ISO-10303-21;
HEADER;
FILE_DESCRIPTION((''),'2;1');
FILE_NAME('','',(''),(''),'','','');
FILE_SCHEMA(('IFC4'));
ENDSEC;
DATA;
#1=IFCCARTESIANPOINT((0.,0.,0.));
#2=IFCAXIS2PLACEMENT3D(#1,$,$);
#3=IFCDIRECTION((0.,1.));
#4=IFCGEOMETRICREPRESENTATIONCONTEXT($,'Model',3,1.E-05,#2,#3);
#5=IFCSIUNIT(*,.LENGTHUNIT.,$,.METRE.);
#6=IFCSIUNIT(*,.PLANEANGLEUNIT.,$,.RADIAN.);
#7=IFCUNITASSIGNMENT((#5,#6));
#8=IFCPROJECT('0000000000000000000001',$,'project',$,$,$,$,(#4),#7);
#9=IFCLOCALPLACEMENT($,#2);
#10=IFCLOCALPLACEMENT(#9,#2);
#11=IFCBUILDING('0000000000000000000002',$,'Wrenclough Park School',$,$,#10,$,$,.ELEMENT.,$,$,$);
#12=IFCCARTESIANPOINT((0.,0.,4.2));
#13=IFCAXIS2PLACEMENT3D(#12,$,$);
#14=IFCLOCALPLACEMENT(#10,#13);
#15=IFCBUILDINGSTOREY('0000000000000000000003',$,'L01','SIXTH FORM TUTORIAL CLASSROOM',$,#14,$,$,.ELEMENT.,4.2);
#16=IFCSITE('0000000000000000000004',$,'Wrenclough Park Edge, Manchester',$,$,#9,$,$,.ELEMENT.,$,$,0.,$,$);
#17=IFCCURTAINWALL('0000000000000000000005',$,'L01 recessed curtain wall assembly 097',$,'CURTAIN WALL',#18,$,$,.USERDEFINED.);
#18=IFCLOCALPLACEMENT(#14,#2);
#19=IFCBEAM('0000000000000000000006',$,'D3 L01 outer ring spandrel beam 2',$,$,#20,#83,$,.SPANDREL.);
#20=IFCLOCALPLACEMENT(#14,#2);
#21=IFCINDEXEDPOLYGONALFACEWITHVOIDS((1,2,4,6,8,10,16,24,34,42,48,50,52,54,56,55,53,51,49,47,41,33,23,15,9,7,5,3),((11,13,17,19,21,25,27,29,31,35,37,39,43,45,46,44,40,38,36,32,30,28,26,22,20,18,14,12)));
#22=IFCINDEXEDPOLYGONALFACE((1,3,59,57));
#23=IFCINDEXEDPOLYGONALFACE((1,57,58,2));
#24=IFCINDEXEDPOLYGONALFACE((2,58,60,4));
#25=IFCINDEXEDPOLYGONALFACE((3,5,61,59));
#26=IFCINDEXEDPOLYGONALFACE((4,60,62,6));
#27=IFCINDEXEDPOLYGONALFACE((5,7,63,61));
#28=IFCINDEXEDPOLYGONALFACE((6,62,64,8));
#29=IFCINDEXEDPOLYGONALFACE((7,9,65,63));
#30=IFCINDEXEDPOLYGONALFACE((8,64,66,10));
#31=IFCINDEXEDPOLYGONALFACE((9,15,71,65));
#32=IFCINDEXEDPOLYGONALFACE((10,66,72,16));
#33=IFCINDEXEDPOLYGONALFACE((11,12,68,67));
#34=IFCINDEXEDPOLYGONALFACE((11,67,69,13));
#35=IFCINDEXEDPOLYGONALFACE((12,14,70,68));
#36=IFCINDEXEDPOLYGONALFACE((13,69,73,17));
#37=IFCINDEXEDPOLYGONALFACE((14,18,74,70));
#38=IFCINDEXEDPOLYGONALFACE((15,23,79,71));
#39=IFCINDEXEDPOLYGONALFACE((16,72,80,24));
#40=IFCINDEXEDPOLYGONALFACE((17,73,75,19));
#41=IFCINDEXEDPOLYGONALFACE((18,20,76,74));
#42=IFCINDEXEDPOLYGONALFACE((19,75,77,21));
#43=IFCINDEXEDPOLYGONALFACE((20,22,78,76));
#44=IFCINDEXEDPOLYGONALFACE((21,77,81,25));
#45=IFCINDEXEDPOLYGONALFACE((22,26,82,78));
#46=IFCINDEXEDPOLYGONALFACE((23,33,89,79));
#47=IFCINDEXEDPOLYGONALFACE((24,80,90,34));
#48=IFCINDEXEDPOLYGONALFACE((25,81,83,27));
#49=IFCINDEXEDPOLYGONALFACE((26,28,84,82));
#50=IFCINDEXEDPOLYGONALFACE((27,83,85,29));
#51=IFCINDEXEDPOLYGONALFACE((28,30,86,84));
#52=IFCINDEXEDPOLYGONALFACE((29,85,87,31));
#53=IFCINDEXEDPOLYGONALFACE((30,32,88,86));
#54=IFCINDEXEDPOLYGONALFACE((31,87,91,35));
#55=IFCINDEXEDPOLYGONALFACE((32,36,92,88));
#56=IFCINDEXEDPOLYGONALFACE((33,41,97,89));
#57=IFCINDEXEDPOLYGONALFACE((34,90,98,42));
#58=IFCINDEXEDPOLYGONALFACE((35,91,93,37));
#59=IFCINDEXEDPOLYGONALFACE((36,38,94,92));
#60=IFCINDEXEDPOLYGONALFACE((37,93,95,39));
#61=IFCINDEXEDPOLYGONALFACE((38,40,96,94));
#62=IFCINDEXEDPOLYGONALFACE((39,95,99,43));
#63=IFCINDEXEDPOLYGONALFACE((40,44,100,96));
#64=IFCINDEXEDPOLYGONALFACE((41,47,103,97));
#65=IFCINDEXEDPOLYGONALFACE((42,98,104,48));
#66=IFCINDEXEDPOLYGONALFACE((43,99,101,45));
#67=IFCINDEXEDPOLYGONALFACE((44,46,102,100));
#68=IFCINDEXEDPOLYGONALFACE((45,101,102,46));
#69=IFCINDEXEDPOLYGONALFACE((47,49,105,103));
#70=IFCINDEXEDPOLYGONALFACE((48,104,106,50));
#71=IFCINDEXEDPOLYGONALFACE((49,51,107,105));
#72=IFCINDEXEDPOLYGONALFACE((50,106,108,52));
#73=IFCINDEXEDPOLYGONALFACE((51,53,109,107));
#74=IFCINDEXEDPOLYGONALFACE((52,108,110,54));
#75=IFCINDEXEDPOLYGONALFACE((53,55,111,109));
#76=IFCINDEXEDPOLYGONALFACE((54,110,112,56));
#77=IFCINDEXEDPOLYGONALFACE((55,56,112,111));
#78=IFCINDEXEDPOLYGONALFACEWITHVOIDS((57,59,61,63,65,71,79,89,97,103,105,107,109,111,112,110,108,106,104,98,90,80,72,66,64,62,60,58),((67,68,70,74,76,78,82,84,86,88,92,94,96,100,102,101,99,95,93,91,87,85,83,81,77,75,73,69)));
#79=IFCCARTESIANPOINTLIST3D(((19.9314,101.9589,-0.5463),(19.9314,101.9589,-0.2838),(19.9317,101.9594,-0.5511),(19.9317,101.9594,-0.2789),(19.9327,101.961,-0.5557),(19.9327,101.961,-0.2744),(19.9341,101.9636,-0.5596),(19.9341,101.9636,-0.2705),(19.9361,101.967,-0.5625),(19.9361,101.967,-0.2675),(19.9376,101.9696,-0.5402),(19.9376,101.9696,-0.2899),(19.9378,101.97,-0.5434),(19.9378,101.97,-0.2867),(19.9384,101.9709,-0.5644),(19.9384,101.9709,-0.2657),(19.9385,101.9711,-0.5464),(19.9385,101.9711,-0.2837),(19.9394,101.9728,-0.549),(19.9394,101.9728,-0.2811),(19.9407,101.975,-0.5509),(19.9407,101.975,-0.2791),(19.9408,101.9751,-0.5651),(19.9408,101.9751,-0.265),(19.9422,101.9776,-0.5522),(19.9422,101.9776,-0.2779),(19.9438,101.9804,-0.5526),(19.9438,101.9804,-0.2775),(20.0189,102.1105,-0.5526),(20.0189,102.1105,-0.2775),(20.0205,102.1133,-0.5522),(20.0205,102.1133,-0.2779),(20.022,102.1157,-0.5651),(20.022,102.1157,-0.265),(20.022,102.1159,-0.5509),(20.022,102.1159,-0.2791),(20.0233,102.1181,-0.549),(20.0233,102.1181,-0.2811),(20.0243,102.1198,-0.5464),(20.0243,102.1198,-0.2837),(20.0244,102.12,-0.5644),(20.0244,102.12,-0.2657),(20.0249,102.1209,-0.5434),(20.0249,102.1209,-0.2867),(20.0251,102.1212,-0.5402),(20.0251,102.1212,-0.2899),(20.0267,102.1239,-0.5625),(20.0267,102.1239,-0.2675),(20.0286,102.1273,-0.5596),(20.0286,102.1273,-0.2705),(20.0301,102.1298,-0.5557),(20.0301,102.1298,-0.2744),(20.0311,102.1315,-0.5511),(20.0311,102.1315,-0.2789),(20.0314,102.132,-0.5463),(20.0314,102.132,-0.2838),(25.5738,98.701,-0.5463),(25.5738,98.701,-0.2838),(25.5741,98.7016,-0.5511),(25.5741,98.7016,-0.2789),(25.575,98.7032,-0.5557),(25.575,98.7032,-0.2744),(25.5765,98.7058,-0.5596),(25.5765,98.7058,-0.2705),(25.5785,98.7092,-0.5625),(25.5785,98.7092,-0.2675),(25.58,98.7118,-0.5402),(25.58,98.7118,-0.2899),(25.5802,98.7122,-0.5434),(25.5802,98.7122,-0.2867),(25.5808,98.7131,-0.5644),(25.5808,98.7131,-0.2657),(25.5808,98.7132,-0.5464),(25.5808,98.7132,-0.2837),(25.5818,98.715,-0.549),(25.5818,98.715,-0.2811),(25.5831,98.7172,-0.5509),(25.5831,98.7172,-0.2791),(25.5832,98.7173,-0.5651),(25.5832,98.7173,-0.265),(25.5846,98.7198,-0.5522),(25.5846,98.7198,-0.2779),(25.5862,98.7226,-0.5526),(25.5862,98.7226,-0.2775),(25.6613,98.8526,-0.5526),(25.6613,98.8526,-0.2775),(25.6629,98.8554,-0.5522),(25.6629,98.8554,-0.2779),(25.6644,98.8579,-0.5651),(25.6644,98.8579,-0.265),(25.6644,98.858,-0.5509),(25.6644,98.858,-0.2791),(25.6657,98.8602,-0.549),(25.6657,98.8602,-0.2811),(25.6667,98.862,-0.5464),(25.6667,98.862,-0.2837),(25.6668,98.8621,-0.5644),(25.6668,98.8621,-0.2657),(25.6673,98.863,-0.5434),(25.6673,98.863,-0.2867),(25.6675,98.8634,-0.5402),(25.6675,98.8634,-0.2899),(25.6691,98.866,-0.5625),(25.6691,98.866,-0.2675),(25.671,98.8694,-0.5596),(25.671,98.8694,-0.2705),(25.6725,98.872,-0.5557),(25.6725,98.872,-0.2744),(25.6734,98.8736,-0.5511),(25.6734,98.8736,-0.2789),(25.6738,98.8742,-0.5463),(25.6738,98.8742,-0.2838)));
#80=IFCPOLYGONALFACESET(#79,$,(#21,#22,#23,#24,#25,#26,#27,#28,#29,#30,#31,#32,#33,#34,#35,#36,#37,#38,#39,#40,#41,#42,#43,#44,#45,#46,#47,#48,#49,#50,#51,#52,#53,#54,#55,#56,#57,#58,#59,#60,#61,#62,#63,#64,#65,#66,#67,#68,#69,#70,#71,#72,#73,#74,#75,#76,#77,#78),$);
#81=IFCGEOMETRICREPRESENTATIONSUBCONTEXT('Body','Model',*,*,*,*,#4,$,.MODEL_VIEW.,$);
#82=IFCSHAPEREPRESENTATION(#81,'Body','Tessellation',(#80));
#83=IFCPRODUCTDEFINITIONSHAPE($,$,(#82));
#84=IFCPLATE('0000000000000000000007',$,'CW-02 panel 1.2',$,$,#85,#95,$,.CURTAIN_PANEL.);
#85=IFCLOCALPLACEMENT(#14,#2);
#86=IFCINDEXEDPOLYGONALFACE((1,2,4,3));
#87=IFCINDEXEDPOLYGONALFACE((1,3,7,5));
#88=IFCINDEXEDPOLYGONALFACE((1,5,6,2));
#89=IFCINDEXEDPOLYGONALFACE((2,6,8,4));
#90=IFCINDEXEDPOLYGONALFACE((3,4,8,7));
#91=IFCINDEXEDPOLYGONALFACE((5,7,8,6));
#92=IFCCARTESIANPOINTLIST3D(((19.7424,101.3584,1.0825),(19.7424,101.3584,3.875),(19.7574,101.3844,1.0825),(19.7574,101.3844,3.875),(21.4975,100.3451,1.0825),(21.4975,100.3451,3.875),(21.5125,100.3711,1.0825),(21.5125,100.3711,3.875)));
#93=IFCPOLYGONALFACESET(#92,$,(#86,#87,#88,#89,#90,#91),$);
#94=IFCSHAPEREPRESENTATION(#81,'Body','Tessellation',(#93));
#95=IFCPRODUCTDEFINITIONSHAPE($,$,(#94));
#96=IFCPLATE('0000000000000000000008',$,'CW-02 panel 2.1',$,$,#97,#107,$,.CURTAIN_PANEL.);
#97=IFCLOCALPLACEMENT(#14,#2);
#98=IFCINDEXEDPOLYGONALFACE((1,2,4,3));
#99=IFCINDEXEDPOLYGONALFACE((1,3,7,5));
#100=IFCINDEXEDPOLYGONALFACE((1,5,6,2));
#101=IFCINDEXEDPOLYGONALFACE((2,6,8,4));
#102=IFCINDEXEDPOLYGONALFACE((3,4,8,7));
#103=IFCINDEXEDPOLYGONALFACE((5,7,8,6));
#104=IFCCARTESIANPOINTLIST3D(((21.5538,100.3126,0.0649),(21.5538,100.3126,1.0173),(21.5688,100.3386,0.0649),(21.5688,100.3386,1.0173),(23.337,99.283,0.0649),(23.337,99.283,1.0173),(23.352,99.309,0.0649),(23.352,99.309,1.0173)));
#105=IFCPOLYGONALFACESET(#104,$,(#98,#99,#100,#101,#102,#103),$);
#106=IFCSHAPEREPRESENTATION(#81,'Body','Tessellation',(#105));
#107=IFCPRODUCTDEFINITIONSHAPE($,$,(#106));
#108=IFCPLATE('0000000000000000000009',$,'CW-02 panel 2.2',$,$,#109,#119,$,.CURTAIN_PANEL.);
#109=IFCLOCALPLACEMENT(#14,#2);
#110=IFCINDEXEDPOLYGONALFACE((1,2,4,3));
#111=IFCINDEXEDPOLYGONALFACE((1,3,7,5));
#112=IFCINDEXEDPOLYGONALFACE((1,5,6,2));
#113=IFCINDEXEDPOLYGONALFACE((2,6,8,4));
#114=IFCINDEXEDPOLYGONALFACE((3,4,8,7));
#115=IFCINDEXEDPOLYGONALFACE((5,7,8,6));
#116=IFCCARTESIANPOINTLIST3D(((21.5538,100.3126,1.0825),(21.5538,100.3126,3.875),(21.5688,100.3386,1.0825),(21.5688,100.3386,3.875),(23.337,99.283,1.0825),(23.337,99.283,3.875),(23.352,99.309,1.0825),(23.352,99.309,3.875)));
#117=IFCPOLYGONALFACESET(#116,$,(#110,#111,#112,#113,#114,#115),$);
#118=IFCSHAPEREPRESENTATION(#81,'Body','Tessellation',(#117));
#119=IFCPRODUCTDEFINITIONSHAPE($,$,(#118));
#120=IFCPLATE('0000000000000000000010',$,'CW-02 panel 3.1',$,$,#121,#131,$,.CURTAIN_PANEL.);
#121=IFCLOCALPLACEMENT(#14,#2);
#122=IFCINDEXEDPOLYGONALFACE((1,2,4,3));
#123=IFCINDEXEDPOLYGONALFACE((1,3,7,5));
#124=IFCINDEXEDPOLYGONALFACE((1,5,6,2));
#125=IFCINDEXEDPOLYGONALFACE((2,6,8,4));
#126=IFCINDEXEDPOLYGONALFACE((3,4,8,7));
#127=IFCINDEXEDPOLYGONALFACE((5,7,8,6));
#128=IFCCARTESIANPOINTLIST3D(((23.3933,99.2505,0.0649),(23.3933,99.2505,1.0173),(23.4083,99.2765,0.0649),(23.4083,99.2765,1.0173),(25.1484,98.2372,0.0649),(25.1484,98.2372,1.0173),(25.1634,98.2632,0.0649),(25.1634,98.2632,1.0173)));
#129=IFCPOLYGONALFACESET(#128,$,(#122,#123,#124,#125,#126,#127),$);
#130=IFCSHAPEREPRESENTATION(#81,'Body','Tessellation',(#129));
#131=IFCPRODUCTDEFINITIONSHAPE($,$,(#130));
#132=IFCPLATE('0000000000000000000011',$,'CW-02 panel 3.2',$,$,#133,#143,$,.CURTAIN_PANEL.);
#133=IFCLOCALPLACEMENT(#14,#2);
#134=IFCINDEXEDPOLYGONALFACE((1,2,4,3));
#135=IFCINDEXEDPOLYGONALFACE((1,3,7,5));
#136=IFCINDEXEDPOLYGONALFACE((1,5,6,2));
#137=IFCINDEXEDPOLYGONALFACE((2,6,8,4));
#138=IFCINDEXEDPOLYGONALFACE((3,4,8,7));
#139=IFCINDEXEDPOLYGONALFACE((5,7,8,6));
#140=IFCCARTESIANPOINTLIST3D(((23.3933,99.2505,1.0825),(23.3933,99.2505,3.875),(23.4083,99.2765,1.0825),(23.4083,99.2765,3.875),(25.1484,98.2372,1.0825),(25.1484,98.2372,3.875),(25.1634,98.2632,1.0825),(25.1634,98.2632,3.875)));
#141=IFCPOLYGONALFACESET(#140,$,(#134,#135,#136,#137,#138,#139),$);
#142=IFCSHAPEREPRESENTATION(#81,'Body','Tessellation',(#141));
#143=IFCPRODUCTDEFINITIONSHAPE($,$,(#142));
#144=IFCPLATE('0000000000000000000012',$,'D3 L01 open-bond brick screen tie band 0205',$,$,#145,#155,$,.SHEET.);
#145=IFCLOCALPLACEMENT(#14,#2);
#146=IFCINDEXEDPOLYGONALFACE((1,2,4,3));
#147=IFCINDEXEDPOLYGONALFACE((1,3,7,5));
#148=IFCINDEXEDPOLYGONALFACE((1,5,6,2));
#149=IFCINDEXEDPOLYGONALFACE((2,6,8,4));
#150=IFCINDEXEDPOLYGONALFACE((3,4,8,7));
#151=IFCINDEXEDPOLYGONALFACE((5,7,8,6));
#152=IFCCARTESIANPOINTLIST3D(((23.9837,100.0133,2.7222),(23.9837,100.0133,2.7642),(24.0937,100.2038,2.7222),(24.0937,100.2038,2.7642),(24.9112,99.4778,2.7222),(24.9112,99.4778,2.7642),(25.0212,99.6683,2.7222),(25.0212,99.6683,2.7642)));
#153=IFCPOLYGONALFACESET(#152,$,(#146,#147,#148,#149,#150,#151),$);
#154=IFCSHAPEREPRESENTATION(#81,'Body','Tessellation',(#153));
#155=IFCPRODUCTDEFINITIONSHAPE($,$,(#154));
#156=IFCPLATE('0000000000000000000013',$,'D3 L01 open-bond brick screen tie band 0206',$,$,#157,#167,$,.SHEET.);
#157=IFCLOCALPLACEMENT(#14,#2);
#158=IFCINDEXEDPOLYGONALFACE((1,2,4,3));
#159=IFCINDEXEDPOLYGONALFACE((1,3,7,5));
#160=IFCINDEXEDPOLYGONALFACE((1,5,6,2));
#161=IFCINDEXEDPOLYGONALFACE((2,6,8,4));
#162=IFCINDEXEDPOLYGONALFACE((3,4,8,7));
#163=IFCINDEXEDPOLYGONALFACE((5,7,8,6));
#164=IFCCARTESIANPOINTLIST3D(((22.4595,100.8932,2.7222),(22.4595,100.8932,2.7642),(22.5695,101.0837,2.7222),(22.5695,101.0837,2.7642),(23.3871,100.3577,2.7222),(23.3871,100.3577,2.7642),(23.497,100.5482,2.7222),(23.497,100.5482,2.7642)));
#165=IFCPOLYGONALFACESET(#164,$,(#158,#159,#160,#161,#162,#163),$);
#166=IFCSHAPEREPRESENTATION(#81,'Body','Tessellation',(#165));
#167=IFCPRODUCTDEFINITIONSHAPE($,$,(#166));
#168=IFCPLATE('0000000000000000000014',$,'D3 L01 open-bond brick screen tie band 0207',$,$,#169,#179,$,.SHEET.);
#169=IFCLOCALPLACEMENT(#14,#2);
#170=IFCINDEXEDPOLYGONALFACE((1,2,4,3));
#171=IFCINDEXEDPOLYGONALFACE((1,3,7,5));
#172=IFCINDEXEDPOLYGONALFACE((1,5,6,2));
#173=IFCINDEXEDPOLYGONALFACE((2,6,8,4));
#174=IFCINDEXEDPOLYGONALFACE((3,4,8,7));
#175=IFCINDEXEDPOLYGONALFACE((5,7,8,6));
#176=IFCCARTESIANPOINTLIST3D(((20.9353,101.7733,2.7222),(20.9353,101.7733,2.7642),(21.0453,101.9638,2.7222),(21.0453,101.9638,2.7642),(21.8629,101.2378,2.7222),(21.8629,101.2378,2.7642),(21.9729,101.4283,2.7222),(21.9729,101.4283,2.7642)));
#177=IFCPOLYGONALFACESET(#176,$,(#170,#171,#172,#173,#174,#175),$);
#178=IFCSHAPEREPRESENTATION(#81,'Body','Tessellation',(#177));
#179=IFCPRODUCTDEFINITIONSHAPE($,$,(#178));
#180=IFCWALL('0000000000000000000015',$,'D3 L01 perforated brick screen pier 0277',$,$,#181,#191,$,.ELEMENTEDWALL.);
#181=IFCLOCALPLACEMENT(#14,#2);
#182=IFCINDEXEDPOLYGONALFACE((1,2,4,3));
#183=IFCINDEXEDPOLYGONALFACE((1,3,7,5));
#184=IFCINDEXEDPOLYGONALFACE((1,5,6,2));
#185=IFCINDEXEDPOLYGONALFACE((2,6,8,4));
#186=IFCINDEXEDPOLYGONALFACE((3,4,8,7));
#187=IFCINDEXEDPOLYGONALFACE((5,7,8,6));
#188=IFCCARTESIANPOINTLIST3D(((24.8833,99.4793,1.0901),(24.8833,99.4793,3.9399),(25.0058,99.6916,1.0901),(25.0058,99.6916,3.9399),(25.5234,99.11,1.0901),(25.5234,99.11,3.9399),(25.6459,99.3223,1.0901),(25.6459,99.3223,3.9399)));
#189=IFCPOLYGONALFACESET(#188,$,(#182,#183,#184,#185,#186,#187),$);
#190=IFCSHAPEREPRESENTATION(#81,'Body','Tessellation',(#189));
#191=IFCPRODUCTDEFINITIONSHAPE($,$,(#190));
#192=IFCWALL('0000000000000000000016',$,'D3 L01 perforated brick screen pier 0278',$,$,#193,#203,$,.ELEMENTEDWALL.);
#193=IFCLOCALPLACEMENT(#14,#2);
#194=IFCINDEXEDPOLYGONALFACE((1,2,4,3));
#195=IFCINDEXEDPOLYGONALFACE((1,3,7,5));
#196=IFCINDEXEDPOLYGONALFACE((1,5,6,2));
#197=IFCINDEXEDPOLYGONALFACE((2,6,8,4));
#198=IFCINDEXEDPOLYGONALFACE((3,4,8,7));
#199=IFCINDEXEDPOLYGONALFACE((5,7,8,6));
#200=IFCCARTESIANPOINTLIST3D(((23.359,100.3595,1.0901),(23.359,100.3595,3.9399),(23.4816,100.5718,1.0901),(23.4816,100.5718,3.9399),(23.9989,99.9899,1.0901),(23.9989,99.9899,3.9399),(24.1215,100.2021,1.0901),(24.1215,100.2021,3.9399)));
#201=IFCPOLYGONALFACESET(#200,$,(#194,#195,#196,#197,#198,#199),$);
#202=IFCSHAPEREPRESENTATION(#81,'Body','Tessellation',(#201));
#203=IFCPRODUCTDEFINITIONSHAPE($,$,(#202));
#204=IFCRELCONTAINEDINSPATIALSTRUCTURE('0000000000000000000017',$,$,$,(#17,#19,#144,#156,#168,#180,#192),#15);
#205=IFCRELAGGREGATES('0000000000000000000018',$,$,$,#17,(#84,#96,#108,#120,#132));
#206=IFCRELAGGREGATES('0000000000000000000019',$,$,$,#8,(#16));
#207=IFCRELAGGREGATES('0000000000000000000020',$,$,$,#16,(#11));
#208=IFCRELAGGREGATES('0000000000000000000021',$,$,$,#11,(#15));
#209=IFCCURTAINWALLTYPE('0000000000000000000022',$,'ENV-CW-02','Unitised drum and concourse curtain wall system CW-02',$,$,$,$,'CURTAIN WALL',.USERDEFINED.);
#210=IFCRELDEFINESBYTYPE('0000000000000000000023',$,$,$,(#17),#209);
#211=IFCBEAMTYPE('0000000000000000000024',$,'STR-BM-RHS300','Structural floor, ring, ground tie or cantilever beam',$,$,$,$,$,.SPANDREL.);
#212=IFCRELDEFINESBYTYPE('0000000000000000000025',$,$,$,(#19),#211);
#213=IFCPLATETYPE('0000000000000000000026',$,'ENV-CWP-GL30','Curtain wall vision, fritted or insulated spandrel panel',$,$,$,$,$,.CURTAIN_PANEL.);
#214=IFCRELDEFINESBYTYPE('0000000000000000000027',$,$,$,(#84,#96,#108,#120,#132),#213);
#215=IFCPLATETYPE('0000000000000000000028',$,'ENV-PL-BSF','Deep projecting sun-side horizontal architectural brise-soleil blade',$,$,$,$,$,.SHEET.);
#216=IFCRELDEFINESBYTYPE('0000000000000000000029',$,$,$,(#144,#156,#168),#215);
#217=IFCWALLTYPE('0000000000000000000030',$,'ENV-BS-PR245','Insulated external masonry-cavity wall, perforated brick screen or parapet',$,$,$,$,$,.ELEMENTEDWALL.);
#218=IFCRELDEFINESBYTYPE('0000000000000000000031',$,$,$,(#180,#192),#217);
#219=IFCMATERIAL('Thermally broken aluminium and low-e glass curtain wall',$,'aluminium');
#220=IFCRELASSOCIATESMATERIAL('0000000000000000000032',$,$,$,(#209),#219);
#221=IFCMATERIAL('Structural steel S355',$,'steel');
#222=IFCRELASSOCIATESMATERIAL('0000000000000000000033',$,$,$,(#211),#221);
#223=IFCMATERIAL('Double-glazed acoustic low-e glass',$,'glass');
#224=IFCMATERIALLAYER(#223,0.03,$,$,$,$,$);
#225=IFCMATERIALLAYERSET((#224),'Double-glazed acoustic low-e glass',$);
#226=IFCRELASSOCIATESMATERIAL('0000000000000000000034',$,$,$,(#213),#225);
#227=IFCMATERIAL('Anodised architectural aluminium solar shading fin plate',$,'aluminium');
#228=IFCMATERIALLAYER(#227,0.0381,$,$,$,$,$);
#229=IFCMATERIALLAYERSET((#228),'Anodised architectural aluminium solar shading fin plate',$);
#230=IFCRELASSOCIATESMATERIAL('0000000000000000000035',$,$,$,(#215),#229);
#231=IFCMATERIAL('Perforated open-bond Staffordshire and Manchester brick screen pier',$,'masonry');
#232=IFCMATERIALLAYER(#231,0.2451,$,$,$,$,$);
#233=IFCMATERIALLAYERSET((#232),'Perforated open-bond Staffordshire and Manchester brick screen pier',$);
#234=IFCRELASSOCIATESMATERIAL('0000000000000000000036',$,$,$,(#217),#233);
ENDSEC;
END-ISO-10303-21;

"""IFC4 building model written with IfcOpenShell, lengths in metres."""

from ifc_helpers import new_model, si_unit, direction, frame, frame_2d, origin, origin_2d, place, context, subcontext, project, spatial, rectangle, hollow_rectangle, extrude, material, layer, layer_set, material_profile, profile_set, type_object, element, aggregate, save


model = new_model("IFC4")

# Units and contexts
model_context = context("Model", 3, precision=1e-05, world=origin(), true_north=direction((0.0, 1.0)))
body_context = subcontext(model_context, "Body", "Model", "MODEL_VIEW")
ifc_project = project(units=[si_unit("LENGTHUNIT", "METRE"), si_unit("PLANEANGLEUNIT", "RADIAN")], contexts=[model_context])

# Site, building, storey
site_placement = place(None, origin())
site = spatial("IfcSite", under=ifc_project, at=site_placement, Name="Wrenclough Park Edge, Manchester", CompositionType="ELEMENT", RefElevation=0.0)
building_placement = place(site_placement, origin())
building = spatial("IfcBuilding", under=site, at=building_placement, Name="Wrenclough Park School", CompositionType="ELEMENT")
storey_placement = place(building_placement, frame((0.0, 0.0, 4.2)))
storey = spatial("IfcBuildingStorey", under=building, at=storey_placement, Name="L01", Description="SIXTH FORM TUTORIAL CLASSROOM", CompositionType="ELEMENT", Elevation=4.2)

# Shared definitions
ifc_material_1 = material(Name="Structural steel S355", Category="steel")

# Curtain wall
ifc_material_2 = material(Name="Thermally broken aluminium and low-e glass curtain wall", Category="aluminium")
curtain_wall_type = type_object("IfcCurtainWallType", Name="ENV-CW-02", Description="Unitised drum and concourse curtain wall system CW-02", ElementType="CURTAIN WALL", PredefinedType="USERDEFINED", material=ifc_material_2)
curtain_wall_placement = place(storey_placement, origin())
curtain_wall = element("IfcCurtainWall", 1, at=curtain_wall_placement, inside=storey, type_object=curtain_wall_type, Name="L01 recessed curtain wall assembly 097", ObjectType="CURTAIN WALL", PredefinedType="USERDEFINED")

# Beam
ifc_material_profile_1 = material_profile(ifc_material_1, hollow_rectangle(XDim=0.2, YDim=0.3, WallThickness=0.0125, InnerFilletRadius=0.0125, OuterFilletRadius=0.0188, at=origin_2d()), Name="RHS 300x200x12.5")
ifc_profile_set_1 = profile_set([ifc_material_profile_1], Name="Structural steel S355")
beam_type = type_object("IfcBeamType", Name="STR-BM-RHS300", Description="Structural floor, ring, ground tie or cantilever beam", PredefinedType="SPANDREL", material=ifc_profile_set_1)
beam_placement = place(storey_placement, frame((25.6238, 98.7876, -0.415), z_axis=(-0.866011, 0.500024, 0.0), x_axis=(-0.500024, -0.866011, 0.0)))
element("IfcBeam", 2, at=beam_placement, inside=storey, type_object=beam_type, Name="D3 L01 outer ring spandrel beam 2", PredefinedType="SPANDREL", context=body_context, shape_type="SweptSolid", body=[
    extrude(hollow_rectangle(XDim=0.2, YDim=0.3, WallThickness=0.0125, InnerFilletRadius=0.0125, OuterFilletRadius=0.0188, at=origin_2d()), origin(), (0.0, 0.0, 1.0), 6.5154),
])

# Plates
ifc_material_3 = material(Name="Double-glazed acoustic low-e glass", Category="glass")
ifc_layer_1 = layer(ifc_material_3, 0.03)
ifc_layer_set_1 = layer_set([ifc_layer_1], Name="Double-glazed acoustic low-e glass")
plate_type_1 = type_object("IfcPlateType", Name="ENV-CWP-GL30", Description="Curtain wall vision, fritted or insulated spandrel panel", PredefinedType="CURTAIN_PANEL", material=ifc_layer_set_1)
plate_1_placement = place(storey_placement, frame((20.6274, 100.8647, 1.0825), z_axis=(0.0, 0.0, 1.0), x_axis=(0.866026, -0.499999, 0.0)))
plate_1 = element("IfcPlate", 3, at=plate_1_placement, type_object=plate_type_1, Name="CW-02 panel 1.2", PredefinedType="CURTAIN_PANEL", context=body_context, shape_type="SweptSolid", body=[
    extrude(rectangle(XDim=2.0266, YDim=0.03, at=origin_2d()), origin(), (0.0, 0.0, 1.0), 2.7925),
])
plate_2_placement = place(storey_placement, frame((22.4529, 99.8108, 0.0649), z_axis=(0.0, 0.0, 1.0), x_axis=(0.866026, -0.499999, 0.0)))
plate_2 = element("IfcPlate", 4, at=plate_2_placement, type_object=plate_type_1, Name="CW-02 panel 2.1", PredefinedType="CURTAIN_PANEL", context=body_context, shape_type="SweptSolid", body=[
    extrude(rectangle(XDim=2.0591, YDim=0.03, at=origin_2d()), origin(), (0.0, 0.0, 1.0), 0.9524),
])
plate_3_placement = place(storey_placement, frame((22.4529, 99.8108, 1.0825), z_axis=(0.0, 0.0, 1.0), x_axis=(0.866026, -0.499999, 0.0)))
plate_3 = element("IfcPlate", 5, at=plate_3_placement, type_object=plate_type_1, Name="CW-02 panel 2.2", PredefinedType="CURTAIN_PANEL", context=body_context, shape_type="SweptSolid", body=[
    extrude(rectangle(XDim=2.0591, YDim=0.03, at=origin_2d()), origin(), (0.0, 0.0, 1.0), 2.7925),
])
plate_4_placement = place(storey_placement, frame((24.2783, 98.7568, 0.0649), z_axis=(0.0, 0.0, 1.0), x_axis=(0.866026, -0.499999, 0.0)))
plate_4 = element("IfcPlate", 6, at=plate_4_placement, type_object=plate_type_1, Name="CW-02 panel 3.1", PredefinedType="CURTAIN_PANEL", context=body_context, shape_type="SweptSolid", body=[
    extrude(rectangle(XDim=2.0266, YDim=0.03, at=origin_2d()), origin(), (0.0, 0.0, 1.0), 0.9524),
])
plate_5_placement = place(storey_placement, frame((24.2783, 98.7568, 1.0825), z_axis=(0.0, 0.0, 1.0), x_axis=(0.866026, -0.499999, 0.0)))
plate_5 = element("IfcPlate", 7, at=plate_5_placement, type_object=plate_type_1, Name="CW-02 panel 3.2", PredefinedType="CURTAIN_PANEL", context=body_context, shape_type="SweptSolid", body=[
    extrude(rectangle(XDim=2.0266, YDim=0.03, at=origin_2d()), origin(), (0.0, 0.0, 1.0), 2.7925),
])
aggregate(curtain_wall, [plate_1, plate_2, plate_3, plate_4, plate_5])

# Plates
ifc_material_4 = material(Name="Anodised architectural aluminium solar shading fin plate", Category="aluminium")
ifc_layer_2 = layer(ifc_material_4, 0.0381)
ifc_layer_set_2 = layer_set([ifc_layer_2], Name="Anodised architectural aluminium solar shading fin plate")
plate_type_2 = type_object("IfcPlateType", Name="ENV-PL-BSF", Description="Deep projecting sun-side horizontal architectural brise-soleil blade", PredefinedType="SHEET", material=ifc_layer_set_2)
for number, where, z_axis, x_axis, name in (
    (8, (24.5024, 99.8408, 2.7222), (0.0, 0.0, 1.0), (-0.866031, 0.499991, 0.0), "D3 L01 open-bond brick screen tie band 0205"),
    (9, (22.9783, 100.7207, 2.7222), (0.0, 0.0, 1.0), (-0.866031, 0.499991, 0.0), "D3 L01 open-bond brick screen tie band 0206"),
    (10, (21.4541, 101.6008, 2.7222), (0.0, 0.0, 1.0), (-0.866031, 0.499991, 0.0), "D3 L01 open-bond brick screen tie band 0207"),
):
    element("IfcPlate", number, at=place(storey_placement, frame(where, z_axis=z_axis, x_axis=x_axis)), inside=storey, type_object=plate_type_2, Name=name, PredefinedType="SHEET", context=body_context, shape_type="SweptSolid", body=[
        extrude(rectangle(XDim=1.071, YDim=0.22, at=origin_2d()), origin(), (0.0, 0.0, 1.0), 0.042),
    ])

# Walls
ifc_material_5 = material(Name="Perforated open-bond Staffordshire and Manchester brick screen pier", Category="masonry")
ifc_layer_3 = layer(ifc_material_5, 0.2451)
ifc_layer_set_3 = layer_set([ifc_layer_3], Name="Perforated open-bond Staffordshire and Manchester brick screen pier")
wall_type_1 = type_object("IfcWallType", Name="ENV-BS-PR245", Description="Insulated external masonry-cavity wall, perforated brick screen or parapet", PredefinedType="ELEMENTEDWALL", material=ifc_layer_set_3)
for number, where, z_axis, x_axis, name in (
    (11, (25.5847, 99.2161, 1.0901), (0.0, 0.0, 1.0), (-0.866142, 0.499799, 0.0), "D3 L01 perforated brick screen pier 0277"),
    (12, (24.0603, 100.0959, 1.0901), (0.0, 0.0, 1.0), (-0.865916, 0.50019, 0.0), "D3 L01 perforated brick screen pier 0278"),
):
    element("IfcWall", number, at=place(storey_placement, frame(where, z_axis=z_axis, x_axis=x_axis)), inside=storey, type_object=wall_type_1, Name=name, PredefinedType="ELEMENTEDWALL", context=body_context, shape_type="SweptSolid", body=[
        extrude(rectangle(XDim=0.739, YDim=0.2451, at=frame_2d((0.3696, 0.0))), origin(), (0.0, 0.0, 1.0), 2.8499),
    ])

save(model, "model.ifc")
